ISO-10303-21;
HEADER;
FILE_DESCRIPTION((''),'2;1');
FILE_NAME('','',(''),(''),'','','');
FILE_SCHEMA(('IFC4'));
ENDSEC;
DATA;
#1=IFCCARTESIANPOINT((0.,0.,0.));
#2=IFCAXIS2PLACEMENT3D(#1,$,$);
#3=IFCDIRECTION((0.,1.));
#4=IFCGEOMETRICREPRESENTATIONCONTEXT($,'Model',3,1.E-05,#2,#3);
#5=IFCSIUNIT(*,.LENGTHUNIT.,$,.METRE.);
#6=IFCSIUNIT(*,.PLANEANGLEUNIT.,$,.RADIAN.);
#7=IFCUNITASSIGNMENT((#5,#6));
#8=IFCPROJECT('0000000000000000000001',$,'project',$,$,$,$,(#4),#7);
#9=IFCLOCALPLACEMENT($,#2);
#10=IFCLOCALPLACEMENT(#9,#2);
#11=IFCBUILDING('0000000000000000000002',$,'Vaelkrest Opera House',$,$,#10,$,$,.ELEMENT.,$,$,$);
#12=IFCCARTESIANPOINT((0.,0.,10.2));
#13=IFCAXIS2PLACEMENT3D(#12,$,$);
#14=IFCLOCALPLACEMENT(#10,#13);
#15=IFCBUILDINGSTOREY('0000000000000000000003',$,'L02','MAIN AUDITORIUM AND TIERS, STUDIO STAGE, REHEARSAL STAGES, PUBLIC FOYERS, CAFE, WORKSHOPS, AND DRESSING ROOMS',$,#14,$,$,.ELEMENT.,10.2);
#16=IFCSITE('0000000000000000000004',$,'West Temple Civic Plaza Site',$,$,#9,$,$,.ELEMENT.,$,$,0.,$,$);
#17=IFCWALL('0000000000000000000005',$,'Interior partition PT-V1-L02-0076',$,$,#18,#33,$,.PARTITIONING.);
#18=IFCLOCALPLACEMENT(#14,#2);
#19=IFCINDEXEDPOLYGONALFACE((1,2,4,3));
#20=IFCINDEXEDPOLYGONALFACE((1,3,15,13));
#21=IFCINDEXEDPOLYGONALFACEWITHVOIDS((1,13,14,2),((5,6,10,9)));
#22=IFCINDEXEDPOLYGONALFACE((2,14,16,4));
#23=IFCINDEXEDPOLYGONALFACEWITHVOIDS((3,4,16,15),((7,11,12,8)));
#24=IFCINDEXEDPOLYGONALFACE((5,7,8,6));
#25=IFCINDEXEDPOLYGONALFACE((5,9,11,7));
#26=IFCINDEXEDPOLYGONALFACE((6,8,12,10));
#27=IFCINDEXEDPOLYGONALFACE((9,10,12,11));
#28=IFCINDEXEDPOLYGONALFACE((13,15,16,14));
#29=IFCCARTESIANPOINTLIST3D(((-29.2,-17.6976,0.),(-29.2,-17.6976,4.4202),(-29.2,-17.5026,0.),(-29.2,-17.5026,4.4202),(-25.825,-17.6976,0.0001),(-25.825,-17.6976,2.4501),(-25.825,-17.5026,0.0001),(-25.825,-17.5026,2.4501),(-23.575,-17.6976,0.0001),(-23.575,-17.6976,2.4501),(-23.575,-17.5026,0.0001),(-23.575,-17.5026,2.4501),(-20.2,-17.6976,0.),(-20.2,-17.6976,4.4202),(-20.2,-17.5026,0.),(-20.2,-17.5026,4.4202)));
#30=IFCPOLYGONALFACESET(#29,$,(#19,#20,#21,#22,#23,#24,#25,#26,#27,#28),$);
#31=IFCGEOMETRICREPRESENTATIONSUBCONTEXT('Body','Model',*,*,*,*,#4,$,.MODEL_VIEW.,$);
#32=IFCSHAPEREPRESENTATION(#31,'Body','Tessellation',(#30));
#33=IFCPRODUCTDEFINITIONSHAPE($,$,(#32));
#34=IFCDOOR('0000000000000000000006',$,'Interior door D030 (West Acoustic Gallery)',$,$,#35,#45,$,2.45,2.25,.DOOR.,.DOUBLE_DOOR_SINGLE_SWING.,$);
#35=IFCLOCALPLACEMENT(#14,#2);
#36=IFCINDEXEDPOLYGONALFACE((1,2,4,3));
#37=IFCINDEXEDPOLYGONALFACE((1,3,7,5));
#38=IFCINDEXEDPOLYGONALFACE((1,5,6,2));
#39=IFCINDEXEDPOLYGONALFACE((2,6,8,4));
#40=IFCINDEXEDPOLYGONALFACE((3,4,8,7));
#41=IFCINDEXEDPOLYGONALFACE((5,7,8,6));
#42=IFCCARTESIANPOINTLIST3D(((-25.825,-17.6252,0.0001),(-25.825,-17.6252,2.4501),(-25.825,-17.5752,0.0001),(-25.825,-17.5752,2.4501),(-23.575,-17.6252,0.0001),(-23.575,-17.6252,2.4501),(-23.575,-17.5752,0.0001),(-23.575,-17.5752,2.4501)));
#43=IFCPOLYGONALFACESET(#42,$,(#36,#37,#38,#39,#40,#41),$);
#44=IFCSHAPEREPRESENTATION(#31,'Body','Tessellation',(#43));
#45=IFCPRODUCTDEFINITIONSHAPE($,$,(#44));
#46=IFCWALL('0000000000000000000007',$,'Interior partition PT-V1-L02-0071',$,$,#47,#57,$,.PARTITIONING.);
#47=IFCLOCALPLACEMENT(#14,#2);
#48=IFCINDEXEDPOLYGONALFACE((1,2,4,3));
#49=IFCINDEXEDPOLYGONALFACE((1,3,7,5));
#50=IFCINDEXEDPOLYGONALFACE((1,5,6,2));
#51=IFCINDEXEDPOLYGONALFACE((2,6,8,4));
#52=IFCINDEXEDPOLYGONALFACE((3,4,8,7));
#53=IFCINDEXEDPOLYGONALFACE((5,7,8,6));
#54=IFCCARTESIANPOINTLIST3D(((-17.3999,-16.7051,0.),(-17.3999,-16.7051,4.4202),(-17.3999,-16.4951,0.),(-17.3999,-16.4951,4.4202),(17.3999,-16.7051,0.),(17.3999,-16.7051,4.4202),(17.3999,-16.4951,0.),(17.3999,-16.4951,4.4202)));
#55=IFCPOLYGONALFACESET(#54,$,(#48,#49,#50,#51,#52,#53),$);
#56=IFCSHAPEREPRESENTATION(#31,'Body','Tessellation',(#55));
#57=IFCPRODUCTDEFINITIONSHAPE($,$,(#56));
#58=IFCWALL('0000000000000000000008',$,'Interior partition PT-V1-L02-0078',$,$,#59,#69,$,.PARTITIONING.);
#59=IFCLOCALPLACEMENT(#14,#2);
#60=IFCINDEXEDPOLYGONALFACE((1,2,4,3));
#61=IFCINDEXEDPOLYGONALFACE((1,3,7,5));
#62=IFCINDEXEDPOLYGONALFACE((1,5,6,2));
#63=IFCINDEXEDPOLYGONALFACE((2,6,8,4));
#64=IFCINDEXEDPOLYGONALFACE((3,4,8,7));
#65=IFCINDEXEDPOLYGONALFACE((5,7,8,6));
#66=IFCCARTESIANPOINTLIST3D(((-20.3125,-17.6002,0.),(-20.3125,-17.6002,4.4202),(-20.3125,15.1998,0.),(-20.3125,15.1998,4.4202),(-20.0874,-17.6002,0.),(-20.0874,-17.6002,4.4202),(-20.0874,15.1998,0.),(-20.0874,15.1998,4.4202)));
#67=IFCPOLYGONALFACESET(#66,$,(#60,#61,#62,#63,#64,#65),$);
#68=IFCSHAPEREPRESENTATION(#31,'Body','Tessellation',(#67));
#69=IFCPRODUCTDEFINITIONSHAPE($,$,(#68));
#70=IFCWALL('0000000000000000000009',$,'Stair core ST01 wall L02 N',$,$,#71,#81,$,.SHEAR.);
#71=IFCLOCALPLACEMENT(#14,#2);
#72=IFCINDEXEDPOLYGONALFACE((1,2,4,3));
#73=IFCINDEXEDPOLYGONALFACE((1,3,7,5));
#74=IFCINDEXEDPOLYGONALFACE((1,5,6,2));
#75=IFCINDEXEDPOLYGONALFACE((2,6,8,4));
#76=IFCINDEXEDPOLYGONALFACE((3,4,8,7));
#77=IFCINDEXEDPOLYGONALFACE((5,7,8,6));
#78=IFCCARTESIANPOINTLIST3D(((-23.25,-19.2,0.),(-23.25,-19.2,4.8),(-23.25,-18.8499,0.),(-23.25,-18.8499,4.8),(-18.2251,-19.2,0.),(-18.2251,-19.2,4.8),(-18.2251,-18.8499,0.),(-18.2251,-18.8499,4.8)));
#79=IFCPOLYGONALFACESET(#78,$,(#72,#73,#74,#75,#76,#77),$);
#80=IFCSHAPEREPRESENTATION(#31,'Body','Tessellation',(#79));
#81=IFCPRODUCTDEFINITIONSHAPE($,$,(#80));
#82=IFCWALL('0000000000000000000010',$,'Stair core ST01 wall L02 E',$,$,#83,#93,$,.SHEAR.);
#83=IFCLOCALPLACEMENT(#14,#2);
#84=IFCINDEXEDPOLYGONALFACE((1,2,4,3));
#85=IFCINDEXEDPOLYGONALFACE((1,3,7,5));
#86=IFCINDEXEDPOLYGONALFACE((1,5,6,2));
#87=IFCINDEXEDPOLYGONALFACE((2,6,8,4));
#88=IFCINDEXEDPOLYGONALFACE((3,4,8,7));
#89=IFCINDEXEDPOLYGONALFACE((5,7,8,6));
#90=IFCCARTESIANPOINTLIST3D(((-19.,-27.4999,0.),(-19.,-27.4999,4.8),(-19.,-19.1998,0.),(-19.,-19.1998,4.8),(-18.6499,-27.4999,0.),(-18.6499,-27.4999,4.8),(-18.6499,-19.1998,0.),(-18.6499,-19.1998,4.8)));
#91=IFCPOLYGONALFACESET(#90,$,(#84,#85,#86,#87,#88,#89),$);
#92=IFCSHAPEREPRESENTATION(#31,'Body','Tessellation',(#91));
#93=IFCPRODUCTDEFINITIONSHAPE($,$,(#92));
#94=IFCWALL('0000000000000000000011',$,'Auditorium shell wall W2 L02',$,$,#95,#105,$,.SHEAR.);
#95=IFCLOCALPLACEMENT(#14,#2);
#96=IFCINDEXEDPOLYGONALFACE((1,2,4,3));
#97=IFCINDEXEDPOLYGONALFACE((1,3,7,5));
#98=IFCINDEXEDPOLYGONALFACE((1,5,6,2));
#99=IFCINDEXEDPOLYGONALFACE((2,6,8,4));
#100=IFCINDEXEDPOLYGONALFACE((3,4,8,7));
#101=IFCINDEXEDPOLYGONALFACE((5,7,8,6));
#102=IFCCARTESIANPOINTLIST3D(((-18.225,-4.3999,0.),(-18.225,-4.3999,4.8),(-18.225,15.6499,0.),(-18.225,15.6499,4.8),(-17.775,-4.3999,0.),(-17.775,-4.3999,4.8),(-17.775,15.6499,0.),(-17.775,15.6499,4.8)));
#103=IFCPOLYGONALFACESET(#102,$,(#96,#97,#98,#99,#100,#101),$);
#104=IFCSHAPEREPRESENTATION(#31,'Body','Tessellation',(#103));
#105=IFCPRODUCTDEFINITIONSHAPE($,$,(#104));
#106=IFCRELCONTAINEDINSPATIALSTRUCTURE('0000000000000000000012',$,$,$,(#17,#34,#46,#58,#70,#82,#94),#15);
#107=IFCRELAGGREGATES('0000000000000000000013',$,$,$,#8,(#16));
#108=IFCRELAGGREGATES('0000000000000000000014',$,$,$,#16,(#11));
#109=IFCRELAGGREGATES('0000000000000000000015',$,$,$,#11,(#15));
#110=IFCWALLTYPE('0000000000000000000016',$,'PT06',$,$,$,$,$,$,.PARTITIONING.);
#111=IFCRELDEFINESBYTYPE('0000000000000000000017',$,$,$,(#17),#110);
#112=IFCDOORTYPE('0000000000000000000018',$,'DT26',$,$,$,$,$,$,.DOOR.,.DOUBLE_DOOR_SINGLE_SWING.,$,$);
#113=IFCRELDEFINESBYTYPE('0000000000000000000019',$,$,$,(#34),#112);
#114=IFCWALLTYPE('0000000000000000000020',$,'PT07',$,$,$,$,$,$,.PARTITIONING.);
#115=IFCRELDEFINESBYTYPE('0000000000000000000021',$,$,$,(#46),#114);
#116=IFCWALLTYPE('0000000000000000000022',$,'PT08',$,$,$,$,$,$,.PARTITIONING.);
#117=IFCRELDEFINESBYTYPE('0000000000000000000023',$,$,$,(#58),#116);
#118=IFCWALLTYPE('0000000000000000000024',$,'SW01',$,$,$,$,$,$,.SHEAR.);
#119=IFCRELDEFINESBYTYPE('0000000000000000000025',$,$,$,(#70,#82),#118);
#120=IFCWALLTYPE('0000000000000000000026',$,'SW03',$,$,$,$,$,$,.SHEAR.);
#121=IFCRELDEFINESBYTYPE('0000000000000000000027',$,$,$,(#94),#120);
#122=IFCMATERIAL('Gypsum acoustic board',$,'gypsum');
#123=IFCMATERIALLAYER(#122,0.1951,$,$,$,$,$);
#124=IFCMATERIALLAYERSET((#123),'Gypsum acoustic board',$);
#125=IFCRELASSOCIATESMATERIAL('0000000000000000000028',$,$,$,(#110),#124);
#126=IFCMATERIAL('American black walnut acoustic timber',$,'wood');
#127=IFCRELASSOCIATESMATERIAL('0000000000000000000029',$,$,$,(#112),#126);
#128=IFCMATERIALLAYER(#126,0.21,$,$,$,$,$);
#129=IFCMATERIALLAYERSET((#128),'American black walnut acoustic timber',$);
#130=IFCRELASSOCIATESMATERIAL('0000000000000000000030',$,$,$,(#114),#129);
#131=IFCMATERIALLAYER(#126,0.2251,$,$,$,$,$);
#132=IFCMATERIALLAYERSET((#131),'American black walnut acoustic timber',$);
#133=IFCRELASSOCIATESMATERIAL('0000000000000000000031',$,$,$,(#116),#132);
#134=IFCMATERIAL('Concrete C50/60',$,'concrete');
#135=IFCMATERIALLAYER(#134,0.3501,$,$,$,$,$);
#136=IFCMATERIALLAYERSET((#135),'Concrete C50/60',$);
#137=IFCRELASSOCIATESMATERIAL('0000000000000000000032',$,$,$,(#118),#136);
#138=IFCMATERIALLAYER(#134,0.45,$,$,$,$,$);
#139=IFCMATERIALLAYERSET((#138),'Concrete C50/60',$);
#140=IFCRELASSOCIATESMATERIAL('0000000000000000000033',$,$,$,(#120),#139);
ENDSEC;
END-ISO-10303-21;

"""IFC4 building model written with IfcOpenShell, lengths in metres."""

from ifc_helpers import new_model, si_unit, direction, frame, frame_2d, origin, place, context, subcontext, project, spatial, rectangle, extrude, material, layer, layer_set, type_object, element, fill, save


model = new_model("IFC4")

# Units and contexts
model_context = context("Model", 3, precision=1e-05, world=origin(), true_north=direction((0.0, 1.0)))
body_context = subcontext(model_context, "Body", "Model", "MODEL_VIEW")
ifc_project = project(units=[si_unit("LENGTHUNIT", "METRE"), si_unit("PLANEANGLEUNIT", "RADIAN")], contexts=[model_context])

# Site, building, storey
site_placement = place(None, origin())
site = spatial("IfcSite", under=ifc_project, at=site_placement, Name="West Temple Civic Plaza Site", CompositionType="ELEMENT", RefElevation=0.0)
building_placement = place(site_placement, origin())
building = spatial("IfcBuilding", under=site, at=building_placement, Name="Vaelkrest Opera House", CompositionType="ELEMENT")
storey_placement = place(building_placement, frame((0.0, 0.0, 10.2)))
storey = spatial("IfcBuildingStorey", under=building, at=storey_placement, Name="L02", Description="MAIN AUDITORIUM AND TIERS, STUDIO STAGE, REHEARSAL STAGES, PUBLIC FOYERS, CAFE, WORKSHOPS, AND DRESSING ROOMS", CompositionType="ELEMENT", Elevation=10.2)

# Shared definitions
ifc_material_1 = material(Name="Concrete C50/60", Category="concrete")

# Wall, opening, door
ifc_material_2 = material(Name="Gypsum acoustic board", Category="gypsum")
ifc_layer_1 = layer(ifc_material_2, 0.1951)
ifc_layer_set_1 = layer_set([ifc_layer_1], Name="Gypsum acoustic board")
wall_type_1 = type_object("IfcWallType", Name="PT06", PredefinedType="PARTITIONING", material=ifc_layer_set_1)
wall_1_placement = place(storey_placement, frame((-29.2, -17.6001, 0.0), z_axis=(0.0, 0.0, 1.0), x_axis=(1.0, 0.0, 0.0)))
wall_1 = element("IfcWall", 1, at=wall_1_placement, inside=storey, type_object=wall_type_1, Name="Interior partition PT-V1-L02-0076", PredefinedType="PARTITIONING", context=body_context, shape_type="SweptSolid", body=[
    extrude(rectangle(XDim=9.0, YDim=0.1951, at=frame_2d((4.5, 0.0))), origin(), (0.0, 0.0, 1.0), 4.4202),
])
opening_placement = place(wall_1_placement, frame((3.375, 0.0, 0.0)))
opening = element("IfcOpeningElement", 2, at=opening_placement, cuts=wall_1, PredefinedType="OPENING", context=body_context, shape_type="SweptSolid", body=[
    extrude(rectangle(XDim=2.25, YDim=2.45, at=frame_2d((1.125, 1.2251))), frame((0.0, 0.1074, 0.0), z_axis=(0.0, -1.0, 0.0), x_axis=(1.0, 0.0, 0.0)), (0.0, 0.0, 1.0), 0.2151),
])
ifc_material_3 = material(Name="American black walnut acoustic timber", Category="wood")
door_type = type_object("IfcDoorType", Name="DT26", OperationType="DOUBLE_DOOR_SINGLE_SWING", PredefinedType="DOOR", material=ifc_material_3)
door_placement = place(opening_placement, origin())
door = element("IfcDoor", 3, at=door_placement, inside=storey, type_object=door_type, Name="Interior door D030 (West Acoustic Gallery)", OperationType="DOUBLE_DOOR_SINGLE_SWING", OverallHeight=2.45, OverallWidth=2.25, PredefinedType="DOOR", context=body_context, shape_type="SweptSolid", body=[
    extrude(rectangle(XDim=2.25, YDim=2.45, at=frame_2d((1.125, 1.2251))), frame((0.0, 0.0249, 0.0), z_axis=(0.0, -1.0, 0.0), x_axis=(1.0, 0.0, 0.0)), (0.0, 0.0, 1.0), 0.05),
])
fill(opening, door)

# Walls
ifc_layer_2 = layer(ifc_material_3, 0.21)
ifc_layer_set_2 = layer_set([ifc_layer_2], Name="American black walnut acoustic timber")
wall_type_2 = type_object("IfcWallType", Name="PT07", PredefinedType="PARTITIONING", material=ifc_layer_set_2)
wall_2_placement = place(storey_placement, frame((-17.3999, -16.6001, 0.0), z_axis=(0.0, 0.0, 1.0), x_axis=(1.0, 0.0, 0.0)))
element("IfcWall", 4, at=wall_2_placement, inside=storey, type_object=wall_type_2, Name="Interior partition PT-V1-L02-0071", PredefinedType="PARTITIONING", context=body_context, shape_type="SweptSolid", body=[
    extrude(rectangle(XDim=34.7998, YDim=0.21, at=frame_2d((17.3999, 0.0))), origin(), (0.0, 0.0, 1.0), 4.4202),
])
ifc_layer_3 = layer(ifc_material_3, 0.2251)
ifc_layer_set_3 = layer_set([ifc_layer_3], Name="American black walnut acoustic timber")
wall_type_3 = type_object("IfcWallType", Name="PT08", PredefinedType="PARTITIONING", material=ifc_layer_set_3)
wall_3_placement = place(storey_placement, frame((-20.2, -17.6001, 0.0), z_axis=(0.0, 0.0, 1.0), x_axis=(0.0, 1.0, 0.0)))
element("IfcWall", 5, at=wall_3_placement, inside=storey, type_object=wall_type_3, Name="Interior partition PT-V1-L02-0078", PredefinedType="PARTITIONING", context=body_context, shape_type="SweptSolid", body=[
    extrude(rectangle(XDim=32.8, YDim=0.2251, at=frame_2d((16.3999, 0.0))), origin(), (0.0, 0.0, 1.0), 4.4202),
])
ifc_layer_4 = layer(ifc_material_1, 0.3501)
ifc_layer_set_4 = layer_set([ifc_layer_4], Name="Concrete C50/60")
wall_type_4 = type_object("IfcWallType", Name="SW01", PredefinedType="SHEAR", material=ifc_layer_set_4)
wall_4_placement = place(storey_placement, frame((-23.25, -19.0249, 0.0), z_axis=(0.0, 0.0, 1.0), x_axis=(1.0, 0.0, 0.0)))
element("IfcWall", 6, at=wall_4_placement, inside=storey, type_object=wall_type_4, Name="Stair core ST01 wall L02 N", PredefinedType="SHEAR", context=body_context, shape_type="SweptSolid", body=[
    extrude(rectangle(XDim=5.0249, YDim=0.3501, at=frame_2d((2.5125, 0.0))), origin(), (0.0, 0.0, 1.0), 4.8),
])
wall_5_placement = place(storey_placement, frame((-18.825, -19.2, 0.0), z_axis=(0.0, 0.0, 1.0), x_axis=(0.0, -1.0, 0.0)))
element("IfcWall", 7, at=wall_5_placement, inside=storey, type_object=wall_type_4, Name="Stair core ST01 wall L02 E", PredefinedType="SHEAR", context=body_context, shape_type="SweptSolid", body=[
    extrude(rectangle(XDim=8.3, YDim=0.3501, at=frame_2d((4.1499, 0.0))), origin(), (0.0, 0.0, 1.0), 4.8),
])
ifc_layer_5 = layer(ifc_material_1, 0.45)
ifc_layer_set_5 = layer_set([ifc_layer_5], Name="Concrete C50/60")
wall_type_5 = type_object("IfcWallType", Name="SW03", PredefinedType="SHEAR", material=ifc_layer_set_5)
wall_6_placement = place(storey_placement, frame((-18.0, -4.3999, 0.0), z_axis=(0.0, 0.0, 1.0), x_axis=(0.0, 1.0, 0.0)))
element("IfcWall", 8, at=wall_6_placement, inside=storey, type_object=wall_type_5, Name="Auditorium shell wall W2 L02", PredefinedType="SHEAR", context=body_context, shape_type="SweptSolid", body=[
    extrude(rectangle(XDim=20.0498, YDim=0.45, at=frame_2d((10.0249, 0.0))), origin(), (0.0, 0.0, 1.0), 4.8),
])

save(model, "model.ifc")
